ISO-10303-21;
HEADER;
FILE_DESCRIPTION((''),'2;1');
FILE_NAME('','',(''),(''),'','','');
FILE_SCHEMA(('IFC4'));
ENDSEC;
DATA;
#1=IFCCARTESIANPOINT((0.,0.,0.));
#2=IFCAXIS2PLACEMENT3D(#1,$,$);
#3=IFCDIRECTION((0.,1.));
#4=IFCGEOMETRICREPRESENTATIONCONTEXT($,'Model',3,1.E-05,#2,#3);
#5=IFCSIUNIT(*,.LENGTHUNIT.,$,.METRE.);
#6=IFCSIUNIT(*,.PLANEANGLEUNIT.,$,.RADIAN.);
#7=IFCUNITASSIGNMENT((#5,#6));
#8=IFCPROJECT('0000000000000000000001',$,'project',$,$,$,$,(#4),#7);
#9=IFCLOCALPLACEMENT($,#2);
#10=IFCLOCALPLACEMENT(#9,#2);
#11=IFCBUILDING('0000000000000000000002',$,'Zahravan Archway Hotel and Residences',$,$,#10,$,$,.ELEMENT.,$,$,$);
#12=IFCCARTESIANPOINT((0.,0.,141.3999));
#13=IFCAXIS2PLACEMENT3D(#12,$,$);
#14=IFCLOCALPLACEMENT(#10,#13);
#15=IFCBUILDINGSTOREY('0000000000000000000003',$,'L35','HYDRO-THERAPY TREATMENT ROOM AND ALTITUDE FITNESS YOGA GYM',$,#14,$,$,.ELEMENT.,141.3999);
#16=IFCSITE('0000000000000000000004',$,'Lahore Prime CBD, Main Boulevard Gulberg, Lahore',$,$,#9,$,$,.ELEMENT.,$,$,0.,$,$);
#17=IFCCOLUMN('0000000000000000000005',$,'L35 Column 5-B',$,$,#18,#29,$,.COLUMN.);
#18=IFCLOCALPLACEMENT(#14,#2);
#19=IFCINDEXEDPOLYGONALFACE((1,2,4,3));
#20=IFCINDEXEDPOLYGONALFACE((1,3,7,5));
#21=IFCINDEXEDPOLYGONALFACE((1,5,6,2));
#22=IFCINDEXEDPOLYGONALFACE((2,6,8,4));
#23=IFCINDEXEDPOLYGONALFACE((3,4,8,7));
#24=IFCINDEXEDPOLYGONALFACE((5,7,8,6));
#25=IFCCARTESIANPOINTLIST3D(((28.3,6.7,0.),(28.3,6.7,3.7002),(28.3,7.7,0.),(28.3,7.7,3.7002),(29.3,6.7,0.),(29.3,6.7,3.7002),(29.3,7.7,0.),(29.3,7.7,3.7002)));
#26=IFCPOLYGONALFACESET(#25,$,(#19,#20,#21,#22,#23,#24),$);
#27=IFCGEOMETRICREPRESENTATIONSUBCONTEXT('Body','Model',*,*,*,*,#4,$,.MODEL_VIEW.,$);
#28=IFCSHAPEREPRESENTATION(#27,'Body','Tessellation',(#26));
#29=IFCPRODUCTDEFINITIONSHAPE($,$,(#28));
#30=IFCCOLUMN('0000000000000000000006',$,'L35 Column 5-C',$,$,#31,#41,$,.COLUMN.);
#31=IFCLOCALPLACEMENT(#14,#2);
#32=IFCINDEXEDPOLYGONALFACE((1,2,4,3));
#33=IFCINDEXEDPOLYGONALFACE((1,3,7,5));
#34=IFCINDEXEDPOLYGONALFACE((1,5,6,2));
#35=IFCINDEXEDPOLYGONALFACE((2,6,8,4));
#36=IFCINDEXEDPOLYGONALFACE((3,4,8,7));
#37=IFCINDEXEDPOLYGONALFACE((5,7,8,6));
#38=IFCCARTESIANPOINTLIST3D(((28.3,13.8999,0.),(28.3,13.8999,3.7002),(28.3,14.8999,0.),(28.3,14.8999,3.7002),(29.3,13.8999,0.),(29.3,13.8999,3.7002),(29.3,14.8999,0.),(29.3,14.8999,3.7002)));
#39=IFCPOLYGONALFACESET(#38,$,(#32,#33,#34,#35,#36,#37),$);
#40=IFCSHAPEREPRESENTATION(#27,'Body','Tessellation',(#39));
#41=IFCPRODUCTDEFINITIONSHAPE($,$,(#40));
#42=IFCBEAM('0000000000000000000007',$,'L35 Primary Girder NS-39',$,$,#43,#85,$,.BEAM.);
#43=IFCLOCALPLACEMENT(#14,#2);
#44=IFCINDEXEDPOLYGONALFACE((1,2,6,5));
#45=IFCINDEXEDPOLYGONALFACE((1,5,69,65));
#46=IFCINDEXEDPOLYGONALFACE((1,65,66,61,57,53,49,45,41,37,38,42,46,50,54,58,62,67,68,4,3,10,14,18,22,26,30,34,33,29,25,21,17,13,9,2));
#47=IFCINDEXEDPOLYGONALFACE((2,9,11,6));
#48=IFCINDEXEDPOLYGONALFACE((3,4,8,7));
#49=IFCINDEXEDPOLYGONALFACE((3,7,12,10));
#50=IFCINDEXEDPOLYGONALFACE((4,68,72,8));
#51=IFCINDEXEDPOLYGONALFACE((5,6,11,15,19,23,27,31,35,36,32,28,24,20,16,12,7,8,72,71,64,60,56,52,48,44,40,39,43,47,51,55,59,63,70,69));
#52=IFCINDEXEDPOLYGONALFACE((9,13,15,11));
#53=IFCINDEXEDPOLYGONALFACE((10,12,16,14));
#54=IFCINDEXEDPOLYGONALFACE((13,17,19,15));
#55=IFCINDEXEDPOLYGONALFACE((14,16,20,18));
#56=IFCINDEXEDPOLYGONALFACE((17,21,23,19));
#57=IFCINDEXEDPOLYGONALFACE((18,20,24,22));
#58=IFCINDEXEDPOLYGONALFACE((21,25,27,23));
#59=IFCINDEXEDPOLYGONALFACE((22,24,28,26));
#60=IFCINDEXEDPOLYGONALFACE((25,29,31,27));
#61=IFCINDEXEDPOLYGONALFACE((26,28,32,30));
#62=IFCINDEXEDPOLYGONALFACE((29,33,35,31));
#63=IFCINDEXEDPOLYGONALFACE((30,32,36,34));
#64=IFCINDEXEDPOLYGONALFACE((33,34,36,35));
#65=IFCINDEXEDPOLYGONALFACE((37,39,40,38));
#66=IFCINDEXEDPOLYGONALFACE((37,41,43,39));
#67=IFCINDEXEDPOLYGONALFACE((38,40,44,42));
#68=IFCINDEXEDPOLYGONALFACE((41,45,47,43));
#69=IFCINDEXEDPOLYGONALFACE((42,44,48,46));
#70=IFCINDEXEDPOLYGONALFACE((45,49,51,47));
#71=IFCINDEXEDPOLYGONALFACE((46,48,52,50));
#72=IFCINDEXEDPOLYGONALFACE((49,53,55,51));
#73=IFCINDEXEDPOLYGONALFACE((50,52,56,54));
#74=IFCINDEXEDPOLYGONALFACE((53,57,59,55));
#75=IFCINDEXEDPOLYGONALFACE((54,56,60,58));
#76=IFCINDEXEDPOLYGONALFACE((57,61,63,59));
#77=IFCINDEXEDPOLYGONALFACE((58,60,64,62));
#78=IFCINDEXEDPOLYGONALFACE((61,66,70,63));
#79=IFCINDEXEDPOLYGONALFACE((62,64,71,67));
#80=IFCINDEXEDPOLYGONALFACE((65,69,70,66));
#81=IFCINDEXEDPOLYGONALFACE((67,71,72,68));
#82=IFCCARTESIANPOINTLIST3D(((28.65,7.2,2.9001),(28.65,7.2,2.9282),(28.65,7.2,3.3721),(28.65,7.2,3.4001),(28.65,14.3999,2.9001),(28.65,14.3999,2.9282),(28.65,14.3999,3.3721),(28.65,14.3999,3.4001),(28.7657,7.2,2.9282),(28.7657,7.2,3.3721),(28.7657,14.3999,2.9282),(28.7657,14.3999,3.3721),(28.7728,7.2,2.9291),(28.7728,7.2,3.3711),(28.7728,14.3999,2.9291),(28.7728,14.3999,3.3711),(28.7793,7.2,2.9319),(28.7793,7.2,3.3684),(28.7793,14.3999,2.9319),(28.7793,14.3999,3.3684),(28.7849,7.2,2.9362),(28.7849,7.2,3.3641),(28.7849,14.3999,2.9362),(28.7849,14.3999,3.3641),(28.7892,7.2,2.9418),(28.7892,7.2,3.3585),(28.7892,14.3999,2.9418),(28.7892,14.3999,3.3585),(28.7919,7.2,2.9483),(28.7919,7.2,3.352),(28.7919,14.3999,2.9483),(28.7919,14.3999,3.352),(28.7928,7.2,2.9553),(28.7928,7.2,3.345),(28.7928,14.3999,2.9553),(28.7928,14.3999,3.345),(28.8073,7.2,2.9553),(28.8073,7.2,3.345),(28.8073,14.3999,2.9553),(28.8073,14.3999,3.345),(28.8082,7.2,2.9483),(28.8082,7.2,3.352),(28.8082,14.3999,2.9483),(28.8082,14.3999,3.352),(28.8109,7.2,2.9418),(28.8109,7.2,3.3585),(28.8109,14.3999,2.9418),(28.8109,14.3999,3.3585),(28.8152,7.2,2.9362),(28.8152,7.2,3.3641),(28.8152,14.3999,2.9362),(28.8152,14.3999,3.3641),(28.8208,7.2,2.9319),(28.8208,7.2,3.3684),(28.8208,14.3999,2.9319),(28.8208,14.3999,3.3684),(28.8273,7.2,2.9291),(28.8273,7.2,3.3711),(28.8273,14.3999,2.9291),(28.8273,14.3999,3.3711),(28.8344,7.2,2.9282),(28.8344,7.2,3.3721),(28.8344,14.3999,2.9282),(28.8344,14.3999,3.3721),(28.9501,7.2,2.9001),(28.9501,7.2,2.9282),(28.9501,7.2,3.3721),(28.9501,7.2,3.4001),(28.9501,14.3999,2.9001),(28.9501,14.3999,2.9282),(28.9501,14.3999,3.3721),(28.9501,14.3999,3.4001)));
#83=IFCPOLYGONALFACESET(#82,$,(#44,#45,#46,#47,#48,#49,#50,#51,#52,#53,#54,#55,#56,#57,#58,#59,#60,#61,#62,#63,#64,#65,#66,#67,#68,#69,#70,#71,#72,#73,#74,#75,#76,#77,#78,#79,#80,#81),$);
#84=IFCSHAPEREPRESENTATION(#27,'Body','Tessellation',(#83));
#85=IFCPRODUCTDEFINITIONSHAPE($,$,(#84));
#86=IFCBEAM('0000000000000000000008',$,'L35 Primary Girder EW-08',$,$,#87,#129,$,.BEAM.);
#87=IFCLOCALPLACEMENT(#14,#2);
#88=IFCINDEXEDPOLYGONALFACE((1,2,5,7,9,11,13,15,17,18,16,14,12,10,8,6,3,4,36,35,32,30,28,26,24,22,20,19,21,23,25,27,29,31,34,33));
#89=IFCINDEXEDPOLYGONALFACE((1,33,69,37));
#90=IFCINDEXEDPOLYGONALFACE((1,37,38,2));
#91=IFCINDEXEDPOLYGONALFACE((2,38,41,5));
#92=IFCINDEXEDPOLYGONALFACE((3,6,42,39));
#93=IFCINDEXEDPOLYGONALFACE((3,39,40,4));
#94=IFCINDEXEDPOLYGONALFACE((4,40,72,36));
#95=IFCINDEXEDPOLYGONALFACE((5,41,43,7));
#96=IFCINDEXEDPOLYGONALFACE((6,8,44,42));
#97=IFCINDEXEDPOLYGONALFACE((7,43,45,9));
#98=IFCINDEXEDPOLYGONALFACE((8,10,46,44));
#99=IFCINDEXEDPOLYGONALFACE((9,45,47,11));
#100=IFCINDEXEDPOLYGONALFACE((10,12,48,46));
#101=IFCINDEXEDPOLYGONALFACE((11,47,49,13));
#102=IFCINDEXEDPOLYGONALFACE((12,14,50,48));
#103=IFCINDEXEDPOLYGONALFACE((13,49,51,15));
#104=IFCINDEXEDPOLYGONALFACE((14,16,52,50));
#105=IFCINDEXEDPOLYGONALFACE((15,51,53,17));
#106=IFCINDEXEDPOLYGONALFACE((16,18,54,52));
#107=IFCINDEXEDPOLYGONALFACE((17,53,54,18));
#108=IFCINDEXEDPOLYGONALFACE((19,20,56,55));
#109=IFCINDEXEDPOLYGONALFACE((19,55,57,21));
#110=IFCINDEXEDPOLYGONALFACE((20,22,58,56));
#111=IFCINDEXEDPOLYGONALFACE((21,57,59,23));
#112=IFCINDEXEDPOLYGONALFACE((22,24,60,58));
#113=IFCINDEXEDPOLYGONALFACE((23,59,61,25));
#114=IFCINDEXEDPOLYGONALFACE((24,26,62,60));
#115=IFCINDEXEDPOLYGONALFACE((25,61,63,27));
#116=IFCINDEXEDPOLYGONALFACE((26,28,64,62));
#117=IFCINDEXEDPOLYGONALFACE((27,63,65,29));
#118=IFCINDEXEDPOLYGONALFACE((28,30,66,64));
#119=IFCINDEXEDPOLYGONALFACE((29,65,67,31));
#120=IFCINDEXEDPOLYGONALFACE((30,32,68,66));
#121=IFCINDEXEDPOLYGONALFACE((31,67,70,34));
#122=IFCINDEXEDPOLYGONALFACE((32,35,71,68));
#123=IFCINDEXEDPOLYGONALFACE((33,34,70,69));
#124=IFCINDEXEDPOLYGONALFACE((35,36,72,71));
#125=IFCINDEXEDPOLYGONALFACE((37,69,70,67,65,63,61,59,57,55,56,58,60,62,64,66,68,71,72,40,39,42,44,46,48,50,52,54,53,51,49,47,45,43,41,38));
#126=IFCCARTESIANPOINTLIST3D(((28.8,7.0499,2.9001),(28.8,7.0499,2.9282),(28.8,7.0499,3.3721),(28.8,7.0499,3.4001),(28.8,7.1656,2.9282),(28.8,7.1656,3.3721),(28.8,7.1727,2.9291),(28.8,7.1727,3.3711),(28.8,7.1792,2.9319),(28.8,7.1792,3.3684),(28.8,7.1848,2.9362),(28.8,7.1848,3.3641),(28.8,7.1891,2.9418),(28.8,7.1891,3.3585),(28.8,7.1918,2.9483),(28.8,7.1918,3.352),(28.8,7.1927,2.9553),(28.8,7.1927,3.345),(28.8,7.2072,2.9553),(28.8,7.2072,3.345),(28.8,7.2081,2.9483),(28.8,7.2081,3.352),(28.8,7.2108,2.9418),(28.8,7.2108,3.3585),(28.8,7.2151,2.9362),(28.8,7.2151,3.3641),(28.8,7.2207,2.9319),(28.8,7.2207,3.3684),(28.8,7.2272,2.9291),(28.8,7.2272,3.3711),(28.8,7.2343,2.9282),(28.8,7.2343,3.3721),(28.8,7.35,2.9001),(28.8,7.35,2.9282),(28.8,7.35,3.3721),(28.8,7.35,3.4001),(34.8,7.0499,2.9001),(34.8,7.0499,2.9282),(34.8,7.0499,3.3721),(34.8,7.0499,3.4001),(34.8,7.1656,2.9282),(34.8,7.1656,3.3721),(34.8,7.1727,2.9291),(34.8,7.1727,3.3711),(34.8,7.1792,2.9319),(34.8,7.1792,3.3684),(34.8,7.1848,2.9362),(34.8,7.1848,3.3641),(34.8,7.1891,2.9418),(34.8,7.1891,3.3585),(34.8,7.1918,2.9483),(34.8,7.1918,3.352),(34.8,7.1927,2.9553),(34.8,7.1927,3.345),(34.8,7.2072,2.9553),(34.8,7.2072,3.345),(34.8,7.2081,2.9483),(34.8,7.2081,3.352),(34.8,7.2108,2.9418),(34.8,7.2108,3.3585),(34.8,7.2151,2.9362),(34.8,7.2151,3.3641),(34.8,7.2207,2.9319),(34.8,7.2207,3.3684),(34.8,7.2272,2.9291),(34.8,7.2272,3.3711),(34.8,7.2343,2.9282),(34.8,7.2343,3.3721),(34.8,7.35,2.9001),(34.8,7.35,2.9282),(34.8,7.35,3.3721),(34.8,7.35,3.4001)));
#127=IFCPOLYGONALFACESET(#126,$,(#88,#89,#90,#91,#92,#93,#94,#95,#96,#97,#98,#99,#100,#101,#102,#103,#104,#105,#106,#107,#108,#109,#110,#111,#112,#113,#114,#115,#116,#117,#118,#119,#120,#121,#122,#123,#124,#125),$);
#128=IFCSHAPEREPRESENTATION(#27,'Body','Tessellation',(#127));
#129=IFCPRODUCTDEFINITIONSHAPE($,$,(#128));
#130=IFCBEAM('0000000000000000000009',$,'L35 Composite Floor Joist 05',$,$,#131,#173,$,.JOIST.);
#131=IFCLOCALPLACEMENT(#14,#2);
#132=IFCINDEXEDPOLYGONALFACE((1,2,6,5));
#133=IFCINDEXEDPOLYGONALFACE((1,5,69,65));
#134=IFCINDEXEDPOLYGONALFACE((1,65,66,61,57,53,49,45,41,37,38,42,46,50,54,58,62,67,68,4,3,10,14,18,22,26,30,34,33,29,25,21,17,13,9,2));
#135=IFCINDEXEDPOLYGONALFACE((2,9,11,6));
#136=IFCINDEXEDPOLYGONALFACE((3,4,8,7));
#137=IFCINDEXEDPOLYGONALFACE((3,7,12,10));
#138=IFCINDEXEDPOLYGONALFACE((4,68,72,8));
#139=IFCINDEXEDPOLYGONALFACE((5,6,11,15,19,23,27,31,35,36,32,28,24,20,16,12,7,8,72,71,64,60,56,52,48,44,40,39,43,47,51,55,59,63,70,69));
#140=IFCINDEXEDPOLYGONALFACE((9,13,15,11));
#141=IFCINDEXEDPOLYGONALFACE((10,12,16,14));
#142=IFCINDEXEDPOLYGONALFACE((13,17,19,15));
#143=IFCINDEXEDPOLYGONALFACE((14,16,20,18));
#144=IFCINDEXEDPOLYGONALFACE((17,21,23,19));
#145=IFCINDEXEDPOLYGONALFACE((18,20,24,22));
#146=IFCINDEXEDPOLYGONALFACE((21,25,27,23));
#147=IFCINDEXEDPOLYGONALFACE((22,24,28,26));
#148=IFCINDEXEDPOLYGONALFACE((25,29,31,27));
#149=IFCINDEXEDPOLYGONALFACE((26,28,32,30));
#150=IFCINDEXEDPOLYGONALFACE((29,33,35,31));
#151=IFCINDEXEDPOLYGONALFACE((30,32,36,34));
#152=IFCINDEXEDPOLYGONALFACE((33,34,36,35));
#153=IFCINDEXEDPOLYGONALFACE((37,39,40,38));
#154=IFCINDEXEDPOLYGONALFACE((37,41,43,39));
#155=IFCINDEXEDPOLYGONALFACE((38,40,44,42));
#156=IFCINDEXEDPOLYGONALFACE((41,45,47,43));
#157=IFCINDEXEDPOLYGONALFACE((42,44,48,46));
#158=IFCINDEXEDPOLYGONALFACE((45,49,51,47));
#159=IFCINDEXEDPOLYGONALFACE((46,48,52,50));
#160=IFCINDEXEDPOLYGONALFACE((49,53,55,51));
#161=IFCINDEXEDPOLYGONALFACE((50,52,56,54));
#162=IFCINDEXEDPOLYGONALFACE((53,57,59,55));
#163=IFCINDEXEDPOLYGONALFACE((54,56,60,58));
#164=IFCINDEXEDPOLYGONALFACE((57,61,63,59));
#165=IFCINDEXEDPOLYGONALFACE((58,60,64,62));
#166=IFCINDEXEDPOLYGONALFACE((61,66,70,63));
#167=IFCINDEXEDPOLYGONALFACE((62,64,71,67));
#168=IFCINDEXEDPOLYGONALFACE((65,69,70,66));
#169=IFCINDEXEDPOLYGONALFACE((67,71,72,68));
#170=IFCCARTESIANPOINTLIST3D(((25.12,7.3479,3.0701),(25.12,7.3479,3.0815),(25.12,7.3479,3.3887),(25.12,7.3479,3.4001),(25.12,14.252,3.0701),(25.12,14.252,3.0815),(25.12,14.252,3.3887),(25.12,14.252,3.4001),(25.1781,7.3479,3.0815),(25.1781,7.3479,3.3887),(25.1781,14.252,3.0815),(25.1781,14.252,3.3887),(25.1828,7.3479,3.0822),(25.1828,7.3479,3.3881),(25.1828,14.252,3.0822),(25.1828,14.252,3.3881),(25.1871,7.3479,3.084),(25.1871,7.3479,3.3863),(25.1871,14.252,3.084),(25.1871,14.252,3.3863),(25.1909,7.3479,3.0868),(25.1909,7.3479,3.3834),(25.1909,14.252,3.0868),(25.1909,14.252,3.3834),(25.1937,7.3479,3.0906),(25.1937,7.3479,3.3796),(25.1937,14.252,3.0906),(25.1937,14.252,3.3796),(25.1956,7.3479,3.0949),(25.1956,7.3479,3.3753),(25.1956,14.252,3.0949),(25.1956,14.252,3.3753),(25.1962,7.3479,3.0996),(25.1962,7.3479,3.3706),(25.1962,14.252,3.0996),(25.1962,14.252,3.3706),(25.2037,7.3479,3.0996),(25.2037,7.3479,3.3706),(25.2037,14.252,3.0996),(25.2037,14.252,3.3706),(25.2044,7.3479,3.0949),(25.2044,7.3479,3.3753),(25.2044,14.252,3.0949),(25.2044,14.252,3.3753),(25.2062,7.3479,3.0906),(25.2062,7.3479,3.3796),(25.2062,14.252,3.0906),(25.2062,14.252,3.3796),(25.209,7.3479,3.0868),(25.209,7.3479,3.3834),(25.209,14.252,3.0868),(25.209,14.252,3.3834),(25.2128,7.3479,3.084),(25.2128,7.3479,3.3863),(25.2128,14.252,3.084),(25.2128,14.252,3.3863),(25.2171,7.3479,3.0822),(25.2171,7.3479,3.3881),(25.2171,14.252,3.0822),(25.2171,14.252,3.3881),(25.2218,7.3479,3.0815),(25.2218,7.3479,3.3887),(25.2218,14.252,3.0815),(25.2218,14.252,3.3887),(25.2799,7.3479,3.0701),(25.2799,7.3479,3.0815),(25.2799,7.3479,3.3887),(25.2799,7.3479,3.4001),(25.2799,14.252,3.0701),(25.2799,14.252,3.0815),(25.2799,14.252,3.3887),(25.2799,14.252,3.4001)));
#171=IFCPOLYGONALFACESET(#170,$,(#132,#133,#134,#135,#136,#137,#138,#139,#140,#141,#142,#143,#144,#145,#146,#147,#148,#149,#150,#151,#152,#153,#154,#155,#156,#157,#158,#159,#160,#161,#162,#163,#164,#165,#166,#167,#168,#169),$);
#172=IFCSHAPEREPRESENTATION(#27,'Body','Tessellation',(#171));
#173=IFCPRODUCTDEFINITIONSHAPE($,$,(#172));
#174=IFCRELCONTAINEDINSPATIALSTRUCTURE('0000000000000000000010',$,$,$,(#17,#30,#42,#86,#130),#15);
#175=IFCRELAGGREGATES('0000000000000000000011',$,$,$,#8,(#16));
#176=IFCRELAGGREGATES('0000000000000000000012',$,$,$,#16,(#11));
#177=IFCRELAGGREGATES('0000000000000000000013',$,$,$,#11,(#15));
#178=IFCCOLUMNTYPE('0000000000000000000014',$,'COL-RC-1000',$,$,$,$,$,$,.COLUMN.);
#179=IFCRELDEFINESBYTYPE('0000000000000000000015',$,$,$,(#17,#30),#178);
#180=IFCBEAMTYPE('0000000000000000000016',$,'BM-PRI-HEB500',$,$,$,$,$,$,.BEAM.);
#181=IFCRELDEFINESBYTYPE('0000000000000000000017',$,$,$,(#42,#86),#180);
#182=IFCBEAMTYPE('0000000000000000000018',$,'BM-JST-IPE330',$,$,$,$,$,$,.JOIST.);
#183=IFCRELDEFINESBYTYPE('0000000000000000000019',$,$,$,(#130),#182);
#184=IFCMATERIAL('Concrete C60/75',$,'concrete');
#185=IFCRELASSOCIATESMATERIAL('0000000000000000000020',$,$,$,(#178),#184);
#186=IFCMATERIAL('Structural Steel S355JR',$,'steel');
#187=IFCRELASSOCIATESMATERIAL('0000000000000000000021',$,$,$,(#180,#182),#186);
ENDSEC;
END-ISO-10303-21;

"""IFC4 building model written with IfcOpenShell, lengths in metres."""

from ifc_helpers import new_model, si_unit, direction, frame, origin, origin_2d, place, context, subcontext, project, spatial, rectangle, i_section, extrude, source, transform, mapped, material, material_profile, profile_set, type_object, type_shapes, element, save


model = new_model("IFC4")

# Units and contexts
model_context = context("Model", 3, precision=1e-05, world=origin(), true_north=direction((0.0, 1.0)))
body_context = subcontext(model_context, "Body", "Model", "MODEL_VIEW")
ifc_project = project(units=[si_unit("LENGTHUNIT", "METRE"), si_unit("PLANEANGLEUNIT", "RADIAN")], contexts=[model_context])

# Site, building, storey
site_placement = place(None, origin())
site = spatial("IfcSite", under=ifc_project, at=site_placement, Name="Lahore Prime CBD, Main Boulevard Gulberg, Lahore", CompositionType="ELEMENT", RefElevation=0.0)
building_placement = place(site_placement, origin())
building = spatial("IfcBuilding", under=site, at=building_placement, Name="Zahravan Archway Hotel and Residences", CompositionType="ELEMENT")
storey_placement = place(building_placement, frame((0.0, 0.0, 141.3999)))
storey = spatial("IfcBuildingStorey", under=building, at=storey_placement, Name="L35", Description="HYDRO-THERAPY TREATMENT ROOM AND ALTITUDE FITNESS YOGA GYM", CompositionType="ELEMENT", Elevation=141.3999)

# Columns
ifc_material_1 = material(Name="Concrete C60/75", Category="concrete")
ifc_material_profile_1 = material_profile(ifc_material_1, rectangle(XDim=1.0, YDim=1.0, at=origin_2d()), Name="RC-COL-1000x1000", Category="concrete")
ifc_profile_set_1 = profile_set([ifc_material_profile_1], Name="Concrete C60/75")
column_type = type_object("IfcColumnType", Name="COL-RC-1000", PredefinedType="COLUMN", material=ifc_profile_set_1)
shared_shape_1 = source(origin(), body_context, "Body", "SweptSolid", [
    extrude(rectangle(XDim=1.0, YDim=1.0, at=origin_2d()), origin(), (0.0, 0.0, 1.0), 3.7002),
])
for number, where, z_axis, x_axis, name in (
    (1, (28.8, 7.2, 0.0), (0.0, 0.0, 1.0), (1.0, 0.0, 0.0), "L35 Column 5-B"),
    (2, (28.8, 14.3999, 0.0), (0.0, 0.0, 1.0), (1.0, 0.0, 0.0), "L35 Column 5-C"),
):
    element("IfcColumn", number, at=place(storey_placement, frame(where, z_axis=z_axis, x_axis=x_axis)), inside=storey, type_object=column_type, Name=name, PredefinedType="COLUMN", context=body_context, shape_type="MappedRepresentation", body=[
        mapped(shared_shape_1, transform((0.0, 0.0, 0.0), scale=1.0)),
    ])

# Beams
ifc_material_2 = material(Name="Structural Steel S355JR", Category="steel")
ifc_material_profile_2 = material_profile(ifc_material_2, i_section(OverallWidth=0.3, OverallDepth=0.5, WebThickness=0.0144, FlangeThickness=0.0281, FilletRadius=0.0271, at=origin_2d()), Name="HEB 500", Category="steel")
ifc_profile_set_2 = profile_set([ifc_material_profile_2], Name="Structural Steel S355JR")
beam_type_1 = type_object("IfcBeamType", Name="BM-PRI-HEB500", PredefinedType="BEAM", material=ifc_profile_set_2)
shared_shape_2 = source(origin(), body_context, "Body", "SweptSolid", [
    extrude(i_section(OverallWidth=0.3, OverallDepth=0.5, WebThickness=0.0144, FlangeThickness=0.0281, FilletRadius=0.0271, at=origin_2d()), origin(), (0.0, 0.0, 1.0), 7.2),
])
beam_1_placement = place(storey_placement, frame((28.8, 7.2, 3.1501), z_axis=(0.0, 1.0, 0.0), x_axis=(-1.0, 0.0, 0.0)))
element("IfcBeam", 3, at=beam_1_placement, inside=storey, type_object=beam_type_1, Name="L35 Primary Girder NS-39", PredefinedType="BEAM", context=body_context, shape_type="MappedRepresentation", body=[
    mapped(shared_shape_2, transform((0.0, 0.0, 0.0), scale=1.0)),
])
shared_shape_3 = source(origin(), body_context, "Body", "SweptSolid", [
    extrude(i_section(OverallWidth=0.3, OverallDepth=0.5, WebThickness=0.0144, FlangeThickness=0.0281, FilletRadius=0.0271, at=origin_2d()), origin(), (0.0, 0.0, 1.0), 6.0),
])
beam_2_placement = place(storey_placement, frame((28.8, 7.2, 3.1501), z_axis=(1.0, 0.0, 0.0), x_axis=(0.0, 1.0, 0.0)))
element("IfcBeam", 4, at=beam_2_placement, inside=storey, type_object=beam_type_1, Name="L35 Primary Girder EW-08", PredefinedType="BEAM", context=body_context, shape_type="MappedRepresentation", body=[
    mapped(shared_shape_3, transform((0.0, 0.0, 0.0), scale=1.0)),
])
ifc_material_profile_3 = material_profile(ifc_material_2, i_section(OverallWidth=0.1599, OverallDepth=0.3301, WebThickness=0.0076, FlangeThickness=0.0115, FilletRadius=0.0181, at=origin_2d()), Name="IPE 330", Category="steel")
ifc_profile_set_3 = profile_set([ifc_material_profile_3], Name="Structural Steel S355JR")
beam_type_2 = type_object("IfcBeamType", Name="BM-JST-IPE330", PredefinedType="JOIST", material=ifc_profile_set_3)
shared_shape_4 = source(origin(), body_context, "Body", "SweptSolid", [
    extrude(i_section(OverallWidth=0.1599, OverallDepth=0.3301, WebThickness=0.0076, FlangeThickness=0.0115, FilletRadius=0.0181, at=origin_2d()), origin(), (0.0, 0.0, 1.0), 6.9041),
])
type_shapes(beam_type_2, [shared_shape_4])
beam_3_placement = place(storey_placement, frame((25.2, 7.3479, 3.2351), z_axis=(0.0, 1.0, 0.0), x_axis=(-1.0, 0.0, 0.0)))
element("IfcBeam", 5, at=beam_3_placement, inside=storey, type_object=beam_type_2, Name="L35 Composite Floor Joist 05", PredefinedType="JOIST", context=body_context, shape_type="MappedRepresentation", body=[
    mapped(shared_shape_4, transform((0.0, 0.0, 0.0), scale=1.0)),
])

save(model, "model.ifc")
